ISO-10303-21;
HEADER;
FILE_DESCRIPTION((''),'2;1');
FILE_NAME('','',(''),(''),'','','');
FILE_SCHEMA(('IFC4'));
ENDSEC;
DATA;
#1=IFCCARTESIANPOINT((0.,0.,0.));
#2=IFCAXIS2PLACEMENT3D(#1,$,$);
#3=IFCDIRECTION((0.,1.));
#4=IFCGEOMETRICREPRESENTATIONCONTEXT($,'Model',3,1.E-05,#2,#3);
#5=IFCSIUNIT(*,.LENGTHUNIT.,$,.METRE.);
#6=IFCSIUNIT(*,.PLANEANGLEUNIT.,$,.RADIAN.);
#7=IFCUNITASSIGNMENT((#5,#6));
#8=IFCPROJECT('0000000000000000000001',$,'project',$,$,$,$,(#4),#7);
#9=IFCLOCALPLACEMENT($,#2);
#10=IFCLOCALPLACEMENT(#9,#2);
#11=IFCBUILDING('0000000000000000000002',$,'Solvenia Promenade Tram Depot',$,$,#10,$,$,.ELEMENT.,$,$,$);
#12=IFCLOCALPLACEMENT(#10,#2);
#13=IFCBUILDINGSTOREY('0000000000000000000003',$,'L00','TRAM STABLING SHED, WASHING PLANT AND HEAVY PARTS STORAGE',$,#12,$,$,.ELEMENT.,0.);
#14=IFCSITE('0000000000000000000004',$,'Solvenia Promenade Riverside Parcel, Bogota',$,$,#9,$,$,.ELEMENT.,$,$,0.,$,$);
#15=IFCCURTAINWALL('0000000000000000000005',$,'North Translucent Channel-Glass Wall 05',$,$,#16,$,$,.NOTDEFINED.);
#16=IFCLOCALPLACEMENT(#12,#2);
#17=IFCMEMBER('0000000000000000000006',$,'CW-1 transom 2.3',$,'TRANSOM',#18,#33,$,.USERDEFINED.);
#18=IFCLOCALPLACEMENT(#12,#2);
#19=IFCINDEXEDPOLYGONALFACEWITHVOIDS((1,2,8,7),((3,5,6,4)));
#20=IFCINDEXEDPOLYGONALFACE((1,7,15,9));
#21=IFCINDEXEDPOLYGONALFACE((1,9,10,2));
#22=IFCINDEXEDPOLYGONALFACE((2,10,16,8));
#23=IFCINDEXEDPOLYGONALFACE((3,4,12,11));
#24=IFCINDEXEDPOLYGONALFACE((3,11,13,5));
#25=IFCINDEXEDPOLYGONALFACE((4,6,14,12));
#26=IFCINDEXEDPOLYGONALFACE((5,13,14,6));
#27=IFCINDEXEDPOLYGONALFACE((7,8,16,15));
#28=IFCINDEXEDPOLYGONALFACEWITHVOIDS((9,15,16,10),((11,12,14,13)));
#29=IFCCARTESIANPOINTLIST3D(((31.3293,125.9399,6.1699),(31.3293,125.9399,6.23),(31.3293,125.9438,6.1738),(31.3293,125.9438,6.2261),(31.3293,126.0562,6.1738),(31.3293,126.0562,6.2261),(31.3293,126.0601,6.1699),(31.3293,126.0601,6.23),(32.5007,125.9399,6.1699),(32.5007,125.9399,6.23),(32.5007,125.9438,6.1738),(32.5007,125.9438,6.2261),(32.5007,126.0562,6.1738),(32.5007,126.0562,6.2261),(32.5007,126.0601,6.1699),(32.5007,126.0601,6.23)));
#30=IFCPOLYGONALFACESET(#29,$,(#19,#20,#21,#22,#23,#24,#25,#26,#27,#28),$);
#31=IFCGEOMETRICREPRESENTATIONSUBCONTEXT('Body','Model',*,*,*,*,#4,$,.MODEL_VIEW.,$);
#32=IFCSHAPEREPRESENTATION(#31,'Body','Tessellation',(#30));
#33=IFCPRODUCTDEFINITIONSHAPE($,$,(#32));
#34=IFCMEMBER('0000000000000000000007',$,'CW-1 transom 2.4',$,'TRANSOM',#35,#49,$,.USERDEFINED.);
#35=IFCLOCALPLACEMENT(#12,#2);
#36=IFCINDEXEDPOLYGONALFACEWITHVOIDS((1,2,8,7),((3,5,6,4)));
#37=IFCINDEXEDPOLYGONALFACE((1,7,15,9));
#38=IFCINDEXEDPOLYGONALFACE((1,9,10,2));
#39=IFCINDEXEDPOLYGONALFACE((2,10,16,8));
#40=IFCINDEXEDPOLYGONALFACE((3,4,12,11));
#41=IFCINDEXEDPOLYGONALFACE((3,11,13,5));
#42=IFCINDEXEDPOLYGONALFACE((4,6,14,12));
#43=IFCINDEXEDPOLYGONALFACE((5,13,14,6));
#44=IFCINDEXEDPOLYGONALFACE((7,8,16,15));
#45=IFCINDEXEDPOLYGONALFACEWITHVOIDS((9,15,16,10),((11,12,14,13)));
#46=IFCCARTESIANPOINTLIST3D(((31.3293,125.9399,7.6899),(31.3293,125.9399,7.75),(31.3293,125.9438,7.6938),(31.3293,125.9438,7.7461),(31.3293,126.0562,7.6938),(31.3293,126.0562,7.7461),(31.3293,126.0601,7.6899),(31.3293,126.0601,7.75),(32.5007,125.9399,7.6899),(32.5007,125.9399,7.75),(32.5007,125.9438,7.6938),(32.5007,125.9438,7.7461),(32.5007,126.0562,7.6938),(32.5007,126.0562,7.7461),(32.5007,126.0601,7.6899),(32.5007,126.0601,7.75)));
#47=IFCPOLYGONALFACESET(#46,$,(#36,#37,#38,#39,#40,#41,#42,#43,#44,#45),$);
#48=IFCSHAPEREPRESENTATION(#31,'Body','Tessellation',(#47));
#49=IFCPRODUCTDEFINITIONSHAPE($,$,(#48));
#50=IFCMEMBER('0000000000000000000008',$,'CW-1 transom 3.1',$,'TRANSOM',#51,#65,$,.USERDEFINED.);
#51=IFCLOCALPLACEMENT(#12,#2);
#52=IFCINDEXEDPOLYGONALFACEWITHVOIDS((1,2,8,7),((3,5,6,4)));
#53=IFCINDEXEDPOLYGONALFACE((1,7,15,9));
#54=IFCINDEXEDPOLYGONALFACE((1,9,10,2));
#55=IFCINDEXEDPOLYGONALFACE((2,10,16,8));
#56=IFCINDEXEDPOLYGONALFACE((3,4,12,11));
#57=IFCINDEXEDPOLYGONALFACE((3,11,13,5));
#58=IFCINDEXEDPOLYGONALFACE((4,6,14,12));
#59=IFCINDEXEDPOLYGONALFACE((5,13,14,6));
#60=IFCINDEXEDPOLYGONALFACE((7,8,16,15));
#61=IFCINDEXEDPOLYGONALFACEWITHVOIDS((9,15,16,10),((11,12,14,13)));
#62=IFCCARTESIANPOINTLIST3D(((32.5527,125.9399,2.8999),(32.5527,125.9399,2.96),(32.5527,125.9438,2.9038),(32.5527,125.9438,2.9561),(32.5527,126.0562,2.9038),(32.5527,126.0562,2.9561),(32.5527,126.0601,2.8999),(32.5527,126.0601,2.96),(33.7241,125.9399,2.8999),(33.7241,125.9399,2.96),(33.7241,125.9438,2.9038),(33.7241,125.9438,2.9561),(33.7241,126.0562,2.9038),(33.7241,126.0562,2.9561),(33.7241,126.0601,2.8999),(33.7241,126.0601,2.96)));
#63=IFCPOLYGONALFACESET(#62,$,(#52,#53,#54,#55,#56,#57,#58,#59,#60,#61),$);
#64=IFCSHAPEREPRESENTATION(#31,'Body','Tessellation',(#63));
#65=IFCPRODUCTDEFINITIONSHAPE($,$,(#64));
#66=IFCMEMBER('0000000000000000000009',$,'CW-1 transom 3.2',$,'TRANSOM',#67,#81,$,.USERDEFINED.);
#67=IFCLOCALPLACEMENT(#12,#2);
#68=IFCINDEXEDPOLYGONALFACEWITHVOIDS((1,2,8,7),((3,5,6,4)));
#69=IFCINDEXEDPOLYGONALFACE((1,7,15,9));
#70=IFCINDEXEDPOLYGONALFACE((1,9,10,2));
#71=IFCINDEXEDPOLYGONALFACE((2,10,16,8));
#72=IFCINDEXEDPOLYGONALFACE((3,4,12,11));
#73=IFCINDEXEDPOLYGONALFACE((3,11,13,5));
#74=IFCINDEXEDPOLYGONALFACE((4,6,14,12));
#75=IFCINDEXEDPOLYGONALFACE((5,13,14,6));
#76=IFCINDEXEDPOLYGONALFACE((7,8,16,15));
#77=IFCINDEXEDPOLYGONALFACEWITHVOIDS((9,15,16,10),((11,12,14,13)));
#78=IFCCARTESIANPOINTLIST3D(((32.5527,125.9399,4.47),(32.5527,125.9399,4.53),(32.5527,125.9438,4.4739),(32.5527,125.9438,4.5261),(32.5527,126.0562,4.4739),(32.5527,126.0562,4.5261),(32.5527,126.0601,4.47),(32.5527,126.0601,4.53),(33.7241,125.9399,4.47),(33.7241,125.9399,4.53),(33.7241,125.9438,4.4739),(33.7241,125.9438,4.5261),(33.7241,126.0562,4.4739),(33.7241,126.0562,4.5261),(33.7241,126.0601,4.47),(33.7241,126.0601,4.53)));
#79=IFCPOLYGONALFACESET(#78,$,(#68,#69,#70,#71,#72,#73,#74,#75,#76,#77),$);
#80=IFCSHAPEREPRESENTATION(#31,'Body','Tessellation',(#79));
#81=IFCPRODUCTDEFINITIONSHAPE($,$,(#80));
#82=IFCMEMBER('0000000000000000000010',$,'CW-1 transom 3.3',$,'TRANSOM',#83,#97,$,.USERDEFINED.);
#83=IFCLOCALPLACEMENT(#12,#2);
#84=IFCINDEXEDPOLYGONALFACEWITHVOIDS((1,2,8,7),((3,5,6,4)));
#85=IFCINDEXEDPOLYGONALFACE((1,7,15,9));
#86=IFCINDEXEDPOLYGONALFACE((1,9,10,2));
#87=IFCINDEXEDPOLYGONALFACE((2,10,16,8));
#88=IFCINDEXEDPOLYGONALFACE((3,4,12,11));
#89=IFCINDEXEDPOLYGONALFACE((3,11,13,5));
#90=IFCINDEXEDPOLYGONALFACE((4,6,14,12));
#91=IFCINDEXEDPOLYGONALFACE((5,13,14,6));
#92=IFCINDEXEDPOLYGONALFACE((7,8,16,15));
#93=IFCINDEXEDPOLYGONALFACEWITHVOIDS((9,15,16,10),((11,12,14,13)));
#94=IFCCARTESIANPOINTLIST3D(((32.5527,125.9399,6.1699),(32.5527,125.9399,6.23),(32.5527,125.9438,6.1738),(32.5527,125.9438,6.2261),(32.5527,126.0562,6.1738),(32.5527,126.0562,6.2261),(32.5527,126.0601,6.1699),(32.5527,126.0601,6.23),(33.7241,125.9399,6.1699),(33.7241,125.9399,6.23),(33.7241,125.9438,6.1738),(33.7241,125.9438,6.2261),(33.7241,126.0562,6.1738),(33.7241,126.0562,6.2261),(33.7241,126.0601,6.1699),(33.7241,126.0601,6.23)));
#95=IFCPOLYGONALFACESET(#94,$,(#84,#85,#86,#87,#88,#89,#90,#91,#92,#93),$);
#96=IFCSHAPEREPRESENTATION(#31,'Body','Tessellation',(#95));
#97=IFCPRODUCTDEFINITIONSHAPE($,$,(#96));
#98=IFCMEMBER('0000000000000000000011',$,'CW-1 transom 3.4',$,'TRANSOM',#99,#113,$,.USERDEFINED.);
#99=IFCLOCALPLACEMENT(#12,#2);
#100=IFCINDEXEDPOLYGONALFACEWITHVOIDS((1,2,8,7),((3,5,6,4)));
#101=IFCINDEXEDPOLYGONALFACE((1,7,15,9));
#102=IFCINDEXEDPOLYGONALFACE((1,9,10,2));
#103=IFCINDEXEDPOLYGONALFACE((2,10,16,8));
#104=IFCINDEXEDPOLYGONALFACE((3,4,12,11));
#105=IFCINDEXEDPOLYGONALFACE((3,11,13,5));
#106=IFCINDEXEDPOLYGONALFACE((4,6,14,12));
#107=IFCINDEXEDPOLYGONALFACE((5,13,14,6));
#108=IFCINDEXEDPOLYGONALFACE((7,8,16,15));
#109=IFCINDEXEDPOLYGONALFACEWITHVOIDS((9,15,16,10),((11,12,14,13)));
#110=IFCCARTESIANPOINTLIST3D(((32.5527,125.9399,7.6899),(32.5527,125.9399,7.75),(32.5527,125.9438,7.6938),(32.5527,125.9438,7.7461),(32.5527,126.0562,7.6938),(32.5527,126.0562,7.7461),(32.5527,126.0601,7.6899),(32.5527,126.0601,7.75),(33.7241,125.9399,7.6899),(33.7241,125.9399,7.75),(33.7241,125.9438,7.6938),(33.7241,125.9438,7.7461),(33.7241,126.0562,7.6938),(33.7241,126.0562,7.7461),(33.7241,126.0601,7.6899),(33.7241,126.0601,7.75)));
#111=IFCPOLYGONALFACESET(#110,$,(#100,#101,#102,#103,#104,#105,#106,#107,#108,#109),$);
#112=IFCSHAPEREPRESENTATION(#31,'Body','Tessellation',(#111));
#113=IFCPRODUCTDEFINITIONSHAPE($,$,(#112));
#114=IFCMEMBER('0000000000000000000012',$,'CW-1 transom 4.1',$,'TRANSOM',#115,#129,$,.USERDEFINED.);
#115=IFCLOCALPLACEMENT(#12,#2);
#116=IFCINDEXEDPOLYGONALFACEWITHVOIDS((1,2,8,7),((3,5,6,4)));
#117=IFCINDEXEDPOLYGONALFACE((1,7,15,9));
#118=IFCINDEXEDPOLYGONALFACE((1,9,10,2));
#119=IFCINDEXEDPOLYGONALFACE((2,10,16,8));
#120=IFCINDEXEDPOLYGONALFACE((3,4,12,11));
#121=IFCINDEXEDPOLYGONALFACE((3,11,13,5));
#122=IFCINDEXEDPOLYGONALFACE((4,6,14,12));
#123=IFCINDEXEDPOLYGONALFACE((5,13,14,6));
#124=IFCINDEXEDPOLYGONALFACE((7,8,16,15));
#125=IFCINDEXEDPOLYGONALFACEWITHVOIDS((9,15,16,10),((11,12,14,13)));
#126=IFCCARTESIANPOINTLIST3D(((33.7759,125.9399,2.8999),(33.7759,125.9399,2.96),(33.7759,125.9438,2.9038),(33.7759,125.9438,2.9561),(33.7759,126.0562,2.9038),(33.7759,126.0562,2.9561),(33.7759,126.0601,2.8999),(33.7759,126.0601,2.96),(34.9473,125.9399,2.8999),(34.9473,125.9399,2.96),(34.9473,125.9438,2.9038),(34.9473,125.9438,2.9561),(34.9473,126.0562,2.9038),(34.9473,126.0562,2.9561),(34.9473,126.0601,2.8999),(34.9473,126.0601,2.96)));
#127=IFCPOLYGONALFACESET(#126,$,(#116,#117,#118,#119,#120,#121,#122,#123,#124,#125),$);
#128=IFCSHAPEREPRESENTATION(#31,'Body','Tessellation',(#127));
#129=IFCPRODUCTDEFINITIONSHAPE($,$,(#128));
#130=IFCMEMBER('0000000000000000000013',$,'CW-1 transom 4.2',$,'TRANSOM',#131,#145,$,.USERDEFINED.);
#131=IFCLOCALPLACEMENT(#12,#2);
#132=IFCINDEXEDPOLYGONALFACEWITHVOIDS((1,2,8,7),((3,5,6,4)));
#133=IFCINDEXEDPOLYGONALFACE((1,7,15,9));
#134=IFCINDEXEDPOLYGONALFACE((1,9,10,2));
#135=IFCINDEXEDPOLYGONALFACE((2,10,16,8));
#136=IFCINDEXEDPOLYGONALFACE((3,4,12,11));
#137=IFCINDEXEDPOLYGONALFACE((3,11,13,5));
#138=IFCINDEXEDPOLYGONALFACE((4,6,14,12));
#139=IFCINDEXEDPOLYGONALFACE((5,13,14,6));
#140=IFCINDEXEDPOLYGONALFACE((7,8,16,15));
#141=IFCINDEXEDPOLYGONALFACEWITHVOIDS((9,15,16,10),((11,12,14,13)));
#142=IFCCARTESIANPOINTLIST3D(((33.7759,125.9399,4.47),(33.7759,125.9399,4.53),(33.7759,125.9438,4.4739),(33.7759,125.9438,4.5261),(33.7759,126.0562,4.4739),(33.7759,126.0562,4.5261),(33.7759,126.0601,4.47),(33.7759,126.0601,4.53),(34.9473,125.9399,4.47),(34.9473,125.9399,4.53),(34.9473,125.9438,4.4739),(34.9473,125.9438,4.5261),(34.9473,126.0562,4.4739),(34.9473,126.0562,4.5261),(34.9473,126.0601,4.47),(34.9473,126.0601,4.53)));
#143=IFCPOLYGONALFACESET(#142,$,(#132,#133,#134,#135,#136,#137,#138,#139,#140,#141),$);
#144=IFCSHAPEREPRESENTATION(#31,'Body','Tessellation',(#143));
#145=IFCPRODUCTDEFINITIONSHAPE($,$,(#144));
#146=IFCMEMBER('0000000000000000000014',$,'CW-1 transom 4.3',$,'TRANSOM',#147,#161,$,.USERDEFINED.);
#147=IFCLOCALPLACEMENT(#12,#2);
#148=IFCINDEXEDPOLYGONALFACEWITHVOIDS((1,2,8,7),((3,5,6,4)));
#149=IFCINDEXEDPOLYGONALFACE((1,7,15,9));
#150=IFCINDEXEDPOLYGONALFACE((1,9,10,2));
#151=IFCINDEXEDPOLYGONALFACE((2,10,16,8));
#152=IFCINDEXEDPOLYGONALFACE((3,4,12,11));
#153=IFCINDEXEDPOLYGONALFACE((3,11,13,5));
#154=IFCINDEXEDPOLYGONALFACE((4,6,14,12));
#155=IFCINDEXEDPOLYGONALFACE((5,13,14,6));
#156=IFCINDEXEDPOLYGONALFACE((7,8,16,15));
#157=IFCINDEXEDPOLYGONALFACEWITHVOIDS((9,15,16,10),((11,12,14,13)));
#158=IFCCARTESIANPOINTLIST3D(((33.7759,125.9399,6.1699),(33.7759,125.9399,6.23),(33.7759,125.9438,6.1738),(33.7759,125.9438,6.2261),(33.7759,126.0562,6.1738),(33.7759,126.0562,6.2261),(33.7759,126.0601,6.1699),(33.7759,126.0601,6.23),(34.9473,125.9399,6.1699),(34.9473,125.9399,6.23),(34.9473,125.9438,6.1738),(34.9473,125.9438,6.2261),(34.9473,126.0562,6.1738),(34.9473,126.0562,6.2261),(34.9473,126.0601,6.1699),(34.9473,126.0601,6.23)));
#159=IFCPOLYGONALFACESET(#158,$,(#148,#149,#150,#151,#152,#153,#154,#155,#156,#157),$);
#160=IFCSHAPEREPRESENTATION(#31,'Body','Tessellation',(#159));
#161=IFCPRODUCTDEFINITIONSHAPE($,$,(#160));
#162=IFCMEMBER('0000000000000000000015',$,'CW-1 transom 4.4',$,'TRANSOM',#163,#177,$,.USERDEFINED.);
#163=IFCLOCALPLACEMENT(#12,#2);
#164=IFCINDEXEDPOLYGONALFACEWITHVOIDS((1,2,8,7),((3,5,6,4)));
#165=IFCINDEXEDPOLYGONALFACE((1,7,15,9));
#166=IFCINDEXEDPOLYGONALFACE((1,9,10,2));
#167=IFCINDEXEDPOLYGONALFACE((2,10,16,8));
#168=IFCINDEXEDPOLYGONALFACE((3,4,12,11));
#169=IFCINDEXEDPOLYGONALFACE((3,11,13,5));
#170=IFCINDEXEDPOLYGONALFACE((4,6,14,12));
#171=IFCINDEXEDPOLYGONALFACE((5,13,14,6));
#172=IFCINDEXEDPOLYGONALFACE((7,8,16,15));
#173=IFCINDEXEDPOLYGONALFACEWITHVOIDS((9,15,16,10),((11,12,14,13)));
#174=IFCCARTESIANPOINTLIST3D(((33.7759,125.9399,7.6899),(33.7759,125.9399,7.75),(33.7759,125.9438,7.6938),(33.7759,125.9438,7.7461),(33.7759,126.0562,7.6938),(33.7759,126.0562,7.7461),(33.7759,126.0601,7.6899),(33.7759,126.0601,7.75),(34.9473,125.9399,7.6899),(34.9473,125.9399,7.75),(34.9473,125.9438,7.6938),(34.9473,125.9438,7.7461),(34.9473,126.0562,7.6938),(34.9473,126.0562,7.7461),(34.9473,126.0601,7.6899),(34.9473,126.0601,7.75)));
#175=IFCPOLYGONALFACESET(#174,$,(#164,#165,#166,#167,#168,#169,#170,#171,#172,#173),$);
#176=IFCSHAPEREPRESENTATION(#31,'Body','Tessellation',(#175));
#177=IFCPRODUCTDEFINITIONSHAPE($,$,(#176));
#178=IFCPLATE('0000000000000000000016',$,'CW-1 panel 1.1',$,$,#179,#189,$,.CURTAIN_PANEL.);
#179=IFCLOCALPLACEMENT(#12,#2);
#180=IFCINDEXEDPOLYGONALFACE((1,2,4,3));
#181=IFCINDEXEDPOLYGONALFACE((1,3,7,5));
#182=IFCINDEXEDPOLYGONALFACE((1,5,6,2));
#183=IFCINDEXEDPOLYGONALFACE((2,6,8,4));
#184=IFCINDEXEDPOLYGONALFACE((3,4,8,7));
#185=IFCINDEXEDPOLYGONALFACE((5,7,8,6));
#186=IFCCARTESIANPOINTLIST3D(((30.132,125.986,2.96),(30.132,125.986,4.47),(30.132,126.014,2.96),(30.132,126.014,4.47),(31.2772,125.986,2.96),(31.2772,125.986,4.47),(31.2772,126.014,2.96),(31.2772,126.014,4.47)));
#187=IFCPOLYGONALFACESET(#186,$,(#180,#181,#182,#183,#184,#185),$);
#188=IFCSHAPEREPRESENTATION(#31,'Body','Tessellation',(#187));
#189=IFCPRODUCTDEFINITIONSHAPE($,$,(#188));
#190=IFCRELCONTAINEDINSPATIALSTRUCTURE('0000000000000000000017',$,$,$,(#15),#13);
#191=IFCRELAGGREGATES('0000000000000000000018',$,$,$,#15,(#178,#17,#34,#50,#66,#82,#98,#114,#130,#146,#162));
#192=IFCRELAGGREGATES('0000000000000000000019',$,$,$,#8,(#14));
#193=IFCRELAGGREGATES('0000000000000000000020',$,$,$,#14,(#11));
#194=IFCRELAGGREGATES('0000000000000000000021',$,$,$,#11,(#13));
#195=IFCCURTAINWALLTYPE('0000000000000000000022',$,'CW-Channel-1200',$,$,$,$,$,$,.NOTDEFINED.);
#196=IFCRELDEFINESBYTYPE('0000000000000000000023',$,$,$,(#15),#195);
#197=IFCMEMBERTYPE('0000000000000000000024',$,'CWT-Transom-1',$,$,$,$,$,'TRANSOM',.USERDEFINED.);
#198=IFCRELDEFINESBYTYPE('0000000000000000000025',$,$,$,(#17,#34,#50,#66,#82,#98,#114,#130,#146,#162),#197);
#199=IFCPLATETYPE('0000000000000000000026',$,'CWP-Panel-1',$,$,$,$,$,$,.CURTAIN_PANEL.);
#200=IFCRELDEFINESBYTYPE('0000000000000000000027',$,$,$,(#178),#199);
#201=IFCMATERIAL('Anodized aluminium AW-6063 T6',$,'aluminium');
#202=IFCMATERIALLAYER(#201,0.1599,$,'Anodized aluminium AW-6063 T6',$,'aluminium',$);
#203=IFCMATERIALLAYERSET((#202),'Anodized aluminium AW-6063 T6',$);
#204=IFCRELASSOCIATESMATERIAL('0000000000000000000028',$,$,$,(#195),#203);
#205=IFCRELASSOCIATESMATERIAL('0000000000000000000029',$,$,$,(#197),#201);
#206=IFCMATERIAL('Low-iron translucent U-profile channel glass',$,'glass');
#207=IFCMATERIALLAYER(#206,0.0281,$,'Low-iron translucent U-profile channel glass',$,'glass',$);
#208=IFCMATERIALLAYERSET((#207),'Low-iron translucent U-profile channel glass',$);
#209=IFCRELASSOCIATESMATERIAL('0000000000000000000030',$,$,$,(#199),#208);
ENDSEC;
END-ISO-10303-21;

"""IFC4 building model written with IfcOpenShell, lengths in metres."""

from ifc_helpers import new_model, si_unit, direction, frame, origin, origin_2d, place, context, subcontext, project, spatial, rectangle, hollow_rectangle, extrude, material, layer, layer_set, material_profile, profile_set, type_object, element, aggregate, save


model = new_model("IFC4")

# Units and contexts
model_context = context("Model", 3, precision=1e-05, world=origin(), true_north=direction((0.0, 1.0)))
body_context = subcontext(model_context, "Body", "Model", "MODEL_VIEW")
ifc_project = project(units=[si_unit("LENGTHUNIT", "METRE"), si_unit("PLANEANGLEUNIT", "RADIAN")], contexts=[model_context])

# Site, building, storey
site_placement = place(None, origin())
site = spatial("IfcSite", under=ifc_project, at=site_placement, Name="Solvenia Promenade Riverside Parcel, Bogota", CompositionType="ELEMENT", RefElevation=0.0)
building_placement = place(site_placement, origin())
building = spatial("IfcBuilding", under=site, at=building_placement, Name="Solvenia Promenade Tram Depot", CompositionType="ELEMENT")
storey_placement = place(building_placement, origin())
storey = spatial("IfcBuildingStorey", under=building, at=storey_placement, Name="L00", Description="TRAM STABLING SHED, WASHING PLANT AND HEAVY PARTS STORAGE", CompositionType="ELEMENT", Elevation=0.0)

# Curtain wall, members, plate
ifc_material_1 = material(Name="Anodized aluminium AW-6063 T6", Category="aluminium")
ifc_layer_1 = layer(ifc_material_1, 0.1599, Name="Anodized aluminium AW-6063 T6", Category="aluminium")
ifc_layer_set_1 = layer_set([ifc_layer_1], Name="Anodized aluminium AW-6063 T6")
curtain_wall_type = type_object("IfcCurtainWallType", Name="CW-Channel-1200", PredefinedType="NOTDEFINED", material=ifc_layer_set_1)
curtain_wall_placement = place(storey_placement, origin())
curtain_wall = element("IfcCurtainWall", 1, at=curtain_wall_placement, inside=storey, type_object=curtain_wall_type, Name="North Translucent Channel-Glass Wall 05", PredefinedType="NOTDEFINED")
ifc_material_profile_1 = material_profile(ifc_material_1, hollow_rectangle(XDim=0.1201, YDim=0.0601, WallThickness=0.0039, at=origin_2d()), Name="ALU-T1", Category="aluminium")
ifc_profile_set_1 = profile_set([ifc_material_profile_1], Name="Anodized aluminium AW-6063 T6")
member_type_1 = type_object("IfcMemberType", Name="CWT-Transom-1", ElementType="TRANSOM", PredefinedType="USERDEFINED", material=ifc_profile_set_1)
member_1_placement = place(storey_placement, frame((31.3293, 126.0, 6.2), z_axis=(1.0, 0.0, 0.0), x_axis=(0.0, 1.0, 0.0)))
member_1 = element("IfcMember", 2, at=member_1_placement, type_object=member_type_1, Name="CW-1 transom 2.3", ObjectType="TRANSOM", PredefinedType="USERDEFINED", context=body_context, shape_type="SweptSolid", body=[
    extrude(hollow_rectangle(XDim=0.1201, YDim=0.0601, WallThickness=0.0039, at=origin_2d()), origin(), (0.0, 0.0, 1.0), 1.1714),
])
member_2_placement = place(storey_placement, frame((31.3293, 126.0, 7.72), z_axis=(1.0, 0.0, 0.0), x_axis=(0.0, 1.0, 0.0)))
member_2 = element("IfcMember", 3, at=member_2_placement, type_object=member_type_1, Name="CW-1 transom 2.4", ObjectType="TRANSOM", PredefinedType="USERDEFINED", context=body_context, shape_type="SweptSolid", body=[
    extrude(hollow_rectangle(XDim=0.1201, YDim=0.0601, WallThickness=0.0039, at=origin_2d()), origin(), (0.0, 0.0, 1.0), 1.1714),
])
member_3_placement = place(storey_placement, frame((32.5527, 126.0, 2.9299), z_axis=(1.0, 0.0, 0.0), x_axis=(0.0, 1.0, 0.0)))
member_3 = element("IfcMember", 4, at=member_3_placement, type_object=member_type_1, Name="CW-1 transom 3.1", ObjectType="TRANSOM", PredefinedType="USERDEFINED", context=body_context, shape_type="SweptSolid", body=[
    extrude(hollow_rectangle(XDim=0.1201, YDim=0.0601, WallThickness=0.0039, at=origin_2d()), origin(), (0.0, 0.0, 1.0), 1.1714),
])
member_4_placement = place(storey_placement, frame((32.5527, 126.0, 4.5), z_axis=(1.0, 0.0, 0.0), x_axis=(0.0, 1.0, 0.0)))
member_4 = element("IfcMember", 5, at=member_4_placement, type_object=member_type_1, Name="CW-1 transom 3.2", ObjectType="TRANSOM", PredefinedType="USERDEFINED", context=body_context, shape_type="SweptSolid", body=[
    extrude(hollow_rectangle(XDim=0.1201, YDim=0.0601, WallThickness=0.0039, at=origin_2d()), origin(), (0.0, 0.0, 1.0), 1.1714),
])
member_5_placement = place(storey_placement, frame((32.5527, 126.0, 6.2), z_axis=(1.0, 0.0, 0.0), x_axis=(0.0, 1.0, 0.0)))
member_5 = element("IfcMember", 6, at=member_5_placement, type_object=member_type_1, Name="CW-1 transom 3.3", ObjectType="TRANSOM", PredefinedType="USERDEFINED", context=body_context, shape_type="SweptSolid", body=[
    extrude(hollow_rectangle(XDim=0.1201, YDim=0.0601, WallThickness=0.0039, at=origin_2d()), origin(), (0.0, 0.0, 1.0), 1.1714),
])
member_6_placement = place(storey_placement, frame((32.5527, 126.0, 7.72), z_axis=(1.0, 0.0, 0.0), x_axis=(0.0, 1.0, 0.0)))
member_6 = element("IfcMember", 7, at=member_6_placement, type_object=member_type_1, Name="CW-1 transom 3.4", ObjectType="TRANSOM", PredefinedType="USERDEFINED", context=body_context, shape_type="SweptSolid", body=[
    extrude(hollow_rectangle(XDim=0.1201, YDim=0.0601, WallThickness=0.0039, at=origin_2d()), origin(), (0.0, 0.0, 1.0), 1.1714),
])
member_7_placement = place(storey_placement, frame((33.7759, 126.0, 2.9299), z_axis=(1.0, 0.0, 0.0), x_axis=(0.0, 1.0, 0.0)))
member_7 = element("IfcMember", 8, at=member_7_placement, type_object=member_type_1, Name="CW-1 transom 4.1", ObjectType="TRANSOM", PredefinedType="USERDEFINED", context=body_context, shape_type="SweptSolid", body=[
    extrude(hollow_rectangle(XDim=0.1201, YDim=0.0601, WallThickness=0.0039, at=origin_2d()), origin(), (0.0, 0.0, 1.0), 1.1714),
])
member_8_placement = place(storey_placement, frame((33.7759, 126.0, 4.5), z_axis=(1.0, 0.0, 0.0), x_axis=(0.0, 1.0, 0.0)))
member_8 = element("IfcMember", 9, at=member_8_placement, type_object=member_type_1, Name="CW-1 transom 4.2", ObjectType="TRANSOM", PredefinedType="USERDEFINED", context=body_context, shape_type="SweptSolid", body=[
    extrude(hollow_rectangle(XDim=0.1201, YDim=0.0601, WallThickness=0.0039, at=origin_2d()), origin(), (0.0, 0.0, 1.0), 1.1714),
])
member_9_placement = place(storey_placement, frame((33.7759, 126.0, 6.2), z_axis=(1.0, 0.0, 0.0), x_axis=(0.0, 1.0, 0.0)))
member_9 = element("IfcMember", 10, at=member_9_placement, type_object=member_type_1, Name="CW-1 transom 4.3", ObjectType="TRANSOM", PredefinedType="USERDEFINED", context=body_context, shape_type="SweptSolid", body=[
    extrude(hollow_rectangle(XDim=0.1201, YDim=0.0601, WallThickness=0.0039, at=origin_2d()), origin(), (0.0, 0.0, 1.0), 1.1714),
])
member_10_placement = place(storey_placement, frame((33.7759, 126.0, 7.72), z_axis=(1.0, 0.0, 0.0), x_axis=(0.0, 1.0, 0.0)))
member_10 = element("IfcMember", 11, at=member_10_placement, type_object=member_type_1, Name="CW-1 transom 4.4", ObjectType="TRANSOM", PredefinedType="USERDEFINED", context=body_context, shape_type="SweptSolid", body=[
    extrude(hollow_rectangle(XDim=0.1201, YDim=0.0601, WallThickness=0.0039, at=origin_2d()), origin(), (0.0, 0.0, 1.0), 1.1714),
])
ifc_material_2 = material(Name="Low-iron translucent U-profile channel glass", Category="glass")
ifc_layer_2 = layer(ifc_material_2, 0.0281, Name="Low-iron translucent U-profile channel glass", Category="glass")
ifc_layer_set_2 = layer_set([ifc_layer_2], Name="Low-iron translucent U-profile channel glass")
plate_type = type_object("IfcPlateType", Name="CWP-Panel-1", PredefinedType="CURTAIN_PANEL", material=ifc_layer_set_2)
plate_1_placement = place(storey_placement, frame((30.7046, 126.0, 2.96), z_axis=(0.0, 0.0, 1.0), x_axis=(1.0, 0.0, 0.0)))
plate_1 = element("IfcPlate", 12, at=plate_1_placement, type_object=plate_type, Name="CW-1 panel 1.1", PredefinedType="CURTAIN_PANEL", context=body_context, shape_type="SweptSolid", body=[
    extrude(rectangle(XDim=1.1453, YDim=0.0281, at=origin_2d()), origin(), (0.0, 0.0, 1.0), 1.51),
])
aggregate(curtain_wall, [plate_1, member_1, member_2, member_3, member_4, member_5, member_6, member_7, member_8, member_9, member_10])

save(model, "model.ifc")
